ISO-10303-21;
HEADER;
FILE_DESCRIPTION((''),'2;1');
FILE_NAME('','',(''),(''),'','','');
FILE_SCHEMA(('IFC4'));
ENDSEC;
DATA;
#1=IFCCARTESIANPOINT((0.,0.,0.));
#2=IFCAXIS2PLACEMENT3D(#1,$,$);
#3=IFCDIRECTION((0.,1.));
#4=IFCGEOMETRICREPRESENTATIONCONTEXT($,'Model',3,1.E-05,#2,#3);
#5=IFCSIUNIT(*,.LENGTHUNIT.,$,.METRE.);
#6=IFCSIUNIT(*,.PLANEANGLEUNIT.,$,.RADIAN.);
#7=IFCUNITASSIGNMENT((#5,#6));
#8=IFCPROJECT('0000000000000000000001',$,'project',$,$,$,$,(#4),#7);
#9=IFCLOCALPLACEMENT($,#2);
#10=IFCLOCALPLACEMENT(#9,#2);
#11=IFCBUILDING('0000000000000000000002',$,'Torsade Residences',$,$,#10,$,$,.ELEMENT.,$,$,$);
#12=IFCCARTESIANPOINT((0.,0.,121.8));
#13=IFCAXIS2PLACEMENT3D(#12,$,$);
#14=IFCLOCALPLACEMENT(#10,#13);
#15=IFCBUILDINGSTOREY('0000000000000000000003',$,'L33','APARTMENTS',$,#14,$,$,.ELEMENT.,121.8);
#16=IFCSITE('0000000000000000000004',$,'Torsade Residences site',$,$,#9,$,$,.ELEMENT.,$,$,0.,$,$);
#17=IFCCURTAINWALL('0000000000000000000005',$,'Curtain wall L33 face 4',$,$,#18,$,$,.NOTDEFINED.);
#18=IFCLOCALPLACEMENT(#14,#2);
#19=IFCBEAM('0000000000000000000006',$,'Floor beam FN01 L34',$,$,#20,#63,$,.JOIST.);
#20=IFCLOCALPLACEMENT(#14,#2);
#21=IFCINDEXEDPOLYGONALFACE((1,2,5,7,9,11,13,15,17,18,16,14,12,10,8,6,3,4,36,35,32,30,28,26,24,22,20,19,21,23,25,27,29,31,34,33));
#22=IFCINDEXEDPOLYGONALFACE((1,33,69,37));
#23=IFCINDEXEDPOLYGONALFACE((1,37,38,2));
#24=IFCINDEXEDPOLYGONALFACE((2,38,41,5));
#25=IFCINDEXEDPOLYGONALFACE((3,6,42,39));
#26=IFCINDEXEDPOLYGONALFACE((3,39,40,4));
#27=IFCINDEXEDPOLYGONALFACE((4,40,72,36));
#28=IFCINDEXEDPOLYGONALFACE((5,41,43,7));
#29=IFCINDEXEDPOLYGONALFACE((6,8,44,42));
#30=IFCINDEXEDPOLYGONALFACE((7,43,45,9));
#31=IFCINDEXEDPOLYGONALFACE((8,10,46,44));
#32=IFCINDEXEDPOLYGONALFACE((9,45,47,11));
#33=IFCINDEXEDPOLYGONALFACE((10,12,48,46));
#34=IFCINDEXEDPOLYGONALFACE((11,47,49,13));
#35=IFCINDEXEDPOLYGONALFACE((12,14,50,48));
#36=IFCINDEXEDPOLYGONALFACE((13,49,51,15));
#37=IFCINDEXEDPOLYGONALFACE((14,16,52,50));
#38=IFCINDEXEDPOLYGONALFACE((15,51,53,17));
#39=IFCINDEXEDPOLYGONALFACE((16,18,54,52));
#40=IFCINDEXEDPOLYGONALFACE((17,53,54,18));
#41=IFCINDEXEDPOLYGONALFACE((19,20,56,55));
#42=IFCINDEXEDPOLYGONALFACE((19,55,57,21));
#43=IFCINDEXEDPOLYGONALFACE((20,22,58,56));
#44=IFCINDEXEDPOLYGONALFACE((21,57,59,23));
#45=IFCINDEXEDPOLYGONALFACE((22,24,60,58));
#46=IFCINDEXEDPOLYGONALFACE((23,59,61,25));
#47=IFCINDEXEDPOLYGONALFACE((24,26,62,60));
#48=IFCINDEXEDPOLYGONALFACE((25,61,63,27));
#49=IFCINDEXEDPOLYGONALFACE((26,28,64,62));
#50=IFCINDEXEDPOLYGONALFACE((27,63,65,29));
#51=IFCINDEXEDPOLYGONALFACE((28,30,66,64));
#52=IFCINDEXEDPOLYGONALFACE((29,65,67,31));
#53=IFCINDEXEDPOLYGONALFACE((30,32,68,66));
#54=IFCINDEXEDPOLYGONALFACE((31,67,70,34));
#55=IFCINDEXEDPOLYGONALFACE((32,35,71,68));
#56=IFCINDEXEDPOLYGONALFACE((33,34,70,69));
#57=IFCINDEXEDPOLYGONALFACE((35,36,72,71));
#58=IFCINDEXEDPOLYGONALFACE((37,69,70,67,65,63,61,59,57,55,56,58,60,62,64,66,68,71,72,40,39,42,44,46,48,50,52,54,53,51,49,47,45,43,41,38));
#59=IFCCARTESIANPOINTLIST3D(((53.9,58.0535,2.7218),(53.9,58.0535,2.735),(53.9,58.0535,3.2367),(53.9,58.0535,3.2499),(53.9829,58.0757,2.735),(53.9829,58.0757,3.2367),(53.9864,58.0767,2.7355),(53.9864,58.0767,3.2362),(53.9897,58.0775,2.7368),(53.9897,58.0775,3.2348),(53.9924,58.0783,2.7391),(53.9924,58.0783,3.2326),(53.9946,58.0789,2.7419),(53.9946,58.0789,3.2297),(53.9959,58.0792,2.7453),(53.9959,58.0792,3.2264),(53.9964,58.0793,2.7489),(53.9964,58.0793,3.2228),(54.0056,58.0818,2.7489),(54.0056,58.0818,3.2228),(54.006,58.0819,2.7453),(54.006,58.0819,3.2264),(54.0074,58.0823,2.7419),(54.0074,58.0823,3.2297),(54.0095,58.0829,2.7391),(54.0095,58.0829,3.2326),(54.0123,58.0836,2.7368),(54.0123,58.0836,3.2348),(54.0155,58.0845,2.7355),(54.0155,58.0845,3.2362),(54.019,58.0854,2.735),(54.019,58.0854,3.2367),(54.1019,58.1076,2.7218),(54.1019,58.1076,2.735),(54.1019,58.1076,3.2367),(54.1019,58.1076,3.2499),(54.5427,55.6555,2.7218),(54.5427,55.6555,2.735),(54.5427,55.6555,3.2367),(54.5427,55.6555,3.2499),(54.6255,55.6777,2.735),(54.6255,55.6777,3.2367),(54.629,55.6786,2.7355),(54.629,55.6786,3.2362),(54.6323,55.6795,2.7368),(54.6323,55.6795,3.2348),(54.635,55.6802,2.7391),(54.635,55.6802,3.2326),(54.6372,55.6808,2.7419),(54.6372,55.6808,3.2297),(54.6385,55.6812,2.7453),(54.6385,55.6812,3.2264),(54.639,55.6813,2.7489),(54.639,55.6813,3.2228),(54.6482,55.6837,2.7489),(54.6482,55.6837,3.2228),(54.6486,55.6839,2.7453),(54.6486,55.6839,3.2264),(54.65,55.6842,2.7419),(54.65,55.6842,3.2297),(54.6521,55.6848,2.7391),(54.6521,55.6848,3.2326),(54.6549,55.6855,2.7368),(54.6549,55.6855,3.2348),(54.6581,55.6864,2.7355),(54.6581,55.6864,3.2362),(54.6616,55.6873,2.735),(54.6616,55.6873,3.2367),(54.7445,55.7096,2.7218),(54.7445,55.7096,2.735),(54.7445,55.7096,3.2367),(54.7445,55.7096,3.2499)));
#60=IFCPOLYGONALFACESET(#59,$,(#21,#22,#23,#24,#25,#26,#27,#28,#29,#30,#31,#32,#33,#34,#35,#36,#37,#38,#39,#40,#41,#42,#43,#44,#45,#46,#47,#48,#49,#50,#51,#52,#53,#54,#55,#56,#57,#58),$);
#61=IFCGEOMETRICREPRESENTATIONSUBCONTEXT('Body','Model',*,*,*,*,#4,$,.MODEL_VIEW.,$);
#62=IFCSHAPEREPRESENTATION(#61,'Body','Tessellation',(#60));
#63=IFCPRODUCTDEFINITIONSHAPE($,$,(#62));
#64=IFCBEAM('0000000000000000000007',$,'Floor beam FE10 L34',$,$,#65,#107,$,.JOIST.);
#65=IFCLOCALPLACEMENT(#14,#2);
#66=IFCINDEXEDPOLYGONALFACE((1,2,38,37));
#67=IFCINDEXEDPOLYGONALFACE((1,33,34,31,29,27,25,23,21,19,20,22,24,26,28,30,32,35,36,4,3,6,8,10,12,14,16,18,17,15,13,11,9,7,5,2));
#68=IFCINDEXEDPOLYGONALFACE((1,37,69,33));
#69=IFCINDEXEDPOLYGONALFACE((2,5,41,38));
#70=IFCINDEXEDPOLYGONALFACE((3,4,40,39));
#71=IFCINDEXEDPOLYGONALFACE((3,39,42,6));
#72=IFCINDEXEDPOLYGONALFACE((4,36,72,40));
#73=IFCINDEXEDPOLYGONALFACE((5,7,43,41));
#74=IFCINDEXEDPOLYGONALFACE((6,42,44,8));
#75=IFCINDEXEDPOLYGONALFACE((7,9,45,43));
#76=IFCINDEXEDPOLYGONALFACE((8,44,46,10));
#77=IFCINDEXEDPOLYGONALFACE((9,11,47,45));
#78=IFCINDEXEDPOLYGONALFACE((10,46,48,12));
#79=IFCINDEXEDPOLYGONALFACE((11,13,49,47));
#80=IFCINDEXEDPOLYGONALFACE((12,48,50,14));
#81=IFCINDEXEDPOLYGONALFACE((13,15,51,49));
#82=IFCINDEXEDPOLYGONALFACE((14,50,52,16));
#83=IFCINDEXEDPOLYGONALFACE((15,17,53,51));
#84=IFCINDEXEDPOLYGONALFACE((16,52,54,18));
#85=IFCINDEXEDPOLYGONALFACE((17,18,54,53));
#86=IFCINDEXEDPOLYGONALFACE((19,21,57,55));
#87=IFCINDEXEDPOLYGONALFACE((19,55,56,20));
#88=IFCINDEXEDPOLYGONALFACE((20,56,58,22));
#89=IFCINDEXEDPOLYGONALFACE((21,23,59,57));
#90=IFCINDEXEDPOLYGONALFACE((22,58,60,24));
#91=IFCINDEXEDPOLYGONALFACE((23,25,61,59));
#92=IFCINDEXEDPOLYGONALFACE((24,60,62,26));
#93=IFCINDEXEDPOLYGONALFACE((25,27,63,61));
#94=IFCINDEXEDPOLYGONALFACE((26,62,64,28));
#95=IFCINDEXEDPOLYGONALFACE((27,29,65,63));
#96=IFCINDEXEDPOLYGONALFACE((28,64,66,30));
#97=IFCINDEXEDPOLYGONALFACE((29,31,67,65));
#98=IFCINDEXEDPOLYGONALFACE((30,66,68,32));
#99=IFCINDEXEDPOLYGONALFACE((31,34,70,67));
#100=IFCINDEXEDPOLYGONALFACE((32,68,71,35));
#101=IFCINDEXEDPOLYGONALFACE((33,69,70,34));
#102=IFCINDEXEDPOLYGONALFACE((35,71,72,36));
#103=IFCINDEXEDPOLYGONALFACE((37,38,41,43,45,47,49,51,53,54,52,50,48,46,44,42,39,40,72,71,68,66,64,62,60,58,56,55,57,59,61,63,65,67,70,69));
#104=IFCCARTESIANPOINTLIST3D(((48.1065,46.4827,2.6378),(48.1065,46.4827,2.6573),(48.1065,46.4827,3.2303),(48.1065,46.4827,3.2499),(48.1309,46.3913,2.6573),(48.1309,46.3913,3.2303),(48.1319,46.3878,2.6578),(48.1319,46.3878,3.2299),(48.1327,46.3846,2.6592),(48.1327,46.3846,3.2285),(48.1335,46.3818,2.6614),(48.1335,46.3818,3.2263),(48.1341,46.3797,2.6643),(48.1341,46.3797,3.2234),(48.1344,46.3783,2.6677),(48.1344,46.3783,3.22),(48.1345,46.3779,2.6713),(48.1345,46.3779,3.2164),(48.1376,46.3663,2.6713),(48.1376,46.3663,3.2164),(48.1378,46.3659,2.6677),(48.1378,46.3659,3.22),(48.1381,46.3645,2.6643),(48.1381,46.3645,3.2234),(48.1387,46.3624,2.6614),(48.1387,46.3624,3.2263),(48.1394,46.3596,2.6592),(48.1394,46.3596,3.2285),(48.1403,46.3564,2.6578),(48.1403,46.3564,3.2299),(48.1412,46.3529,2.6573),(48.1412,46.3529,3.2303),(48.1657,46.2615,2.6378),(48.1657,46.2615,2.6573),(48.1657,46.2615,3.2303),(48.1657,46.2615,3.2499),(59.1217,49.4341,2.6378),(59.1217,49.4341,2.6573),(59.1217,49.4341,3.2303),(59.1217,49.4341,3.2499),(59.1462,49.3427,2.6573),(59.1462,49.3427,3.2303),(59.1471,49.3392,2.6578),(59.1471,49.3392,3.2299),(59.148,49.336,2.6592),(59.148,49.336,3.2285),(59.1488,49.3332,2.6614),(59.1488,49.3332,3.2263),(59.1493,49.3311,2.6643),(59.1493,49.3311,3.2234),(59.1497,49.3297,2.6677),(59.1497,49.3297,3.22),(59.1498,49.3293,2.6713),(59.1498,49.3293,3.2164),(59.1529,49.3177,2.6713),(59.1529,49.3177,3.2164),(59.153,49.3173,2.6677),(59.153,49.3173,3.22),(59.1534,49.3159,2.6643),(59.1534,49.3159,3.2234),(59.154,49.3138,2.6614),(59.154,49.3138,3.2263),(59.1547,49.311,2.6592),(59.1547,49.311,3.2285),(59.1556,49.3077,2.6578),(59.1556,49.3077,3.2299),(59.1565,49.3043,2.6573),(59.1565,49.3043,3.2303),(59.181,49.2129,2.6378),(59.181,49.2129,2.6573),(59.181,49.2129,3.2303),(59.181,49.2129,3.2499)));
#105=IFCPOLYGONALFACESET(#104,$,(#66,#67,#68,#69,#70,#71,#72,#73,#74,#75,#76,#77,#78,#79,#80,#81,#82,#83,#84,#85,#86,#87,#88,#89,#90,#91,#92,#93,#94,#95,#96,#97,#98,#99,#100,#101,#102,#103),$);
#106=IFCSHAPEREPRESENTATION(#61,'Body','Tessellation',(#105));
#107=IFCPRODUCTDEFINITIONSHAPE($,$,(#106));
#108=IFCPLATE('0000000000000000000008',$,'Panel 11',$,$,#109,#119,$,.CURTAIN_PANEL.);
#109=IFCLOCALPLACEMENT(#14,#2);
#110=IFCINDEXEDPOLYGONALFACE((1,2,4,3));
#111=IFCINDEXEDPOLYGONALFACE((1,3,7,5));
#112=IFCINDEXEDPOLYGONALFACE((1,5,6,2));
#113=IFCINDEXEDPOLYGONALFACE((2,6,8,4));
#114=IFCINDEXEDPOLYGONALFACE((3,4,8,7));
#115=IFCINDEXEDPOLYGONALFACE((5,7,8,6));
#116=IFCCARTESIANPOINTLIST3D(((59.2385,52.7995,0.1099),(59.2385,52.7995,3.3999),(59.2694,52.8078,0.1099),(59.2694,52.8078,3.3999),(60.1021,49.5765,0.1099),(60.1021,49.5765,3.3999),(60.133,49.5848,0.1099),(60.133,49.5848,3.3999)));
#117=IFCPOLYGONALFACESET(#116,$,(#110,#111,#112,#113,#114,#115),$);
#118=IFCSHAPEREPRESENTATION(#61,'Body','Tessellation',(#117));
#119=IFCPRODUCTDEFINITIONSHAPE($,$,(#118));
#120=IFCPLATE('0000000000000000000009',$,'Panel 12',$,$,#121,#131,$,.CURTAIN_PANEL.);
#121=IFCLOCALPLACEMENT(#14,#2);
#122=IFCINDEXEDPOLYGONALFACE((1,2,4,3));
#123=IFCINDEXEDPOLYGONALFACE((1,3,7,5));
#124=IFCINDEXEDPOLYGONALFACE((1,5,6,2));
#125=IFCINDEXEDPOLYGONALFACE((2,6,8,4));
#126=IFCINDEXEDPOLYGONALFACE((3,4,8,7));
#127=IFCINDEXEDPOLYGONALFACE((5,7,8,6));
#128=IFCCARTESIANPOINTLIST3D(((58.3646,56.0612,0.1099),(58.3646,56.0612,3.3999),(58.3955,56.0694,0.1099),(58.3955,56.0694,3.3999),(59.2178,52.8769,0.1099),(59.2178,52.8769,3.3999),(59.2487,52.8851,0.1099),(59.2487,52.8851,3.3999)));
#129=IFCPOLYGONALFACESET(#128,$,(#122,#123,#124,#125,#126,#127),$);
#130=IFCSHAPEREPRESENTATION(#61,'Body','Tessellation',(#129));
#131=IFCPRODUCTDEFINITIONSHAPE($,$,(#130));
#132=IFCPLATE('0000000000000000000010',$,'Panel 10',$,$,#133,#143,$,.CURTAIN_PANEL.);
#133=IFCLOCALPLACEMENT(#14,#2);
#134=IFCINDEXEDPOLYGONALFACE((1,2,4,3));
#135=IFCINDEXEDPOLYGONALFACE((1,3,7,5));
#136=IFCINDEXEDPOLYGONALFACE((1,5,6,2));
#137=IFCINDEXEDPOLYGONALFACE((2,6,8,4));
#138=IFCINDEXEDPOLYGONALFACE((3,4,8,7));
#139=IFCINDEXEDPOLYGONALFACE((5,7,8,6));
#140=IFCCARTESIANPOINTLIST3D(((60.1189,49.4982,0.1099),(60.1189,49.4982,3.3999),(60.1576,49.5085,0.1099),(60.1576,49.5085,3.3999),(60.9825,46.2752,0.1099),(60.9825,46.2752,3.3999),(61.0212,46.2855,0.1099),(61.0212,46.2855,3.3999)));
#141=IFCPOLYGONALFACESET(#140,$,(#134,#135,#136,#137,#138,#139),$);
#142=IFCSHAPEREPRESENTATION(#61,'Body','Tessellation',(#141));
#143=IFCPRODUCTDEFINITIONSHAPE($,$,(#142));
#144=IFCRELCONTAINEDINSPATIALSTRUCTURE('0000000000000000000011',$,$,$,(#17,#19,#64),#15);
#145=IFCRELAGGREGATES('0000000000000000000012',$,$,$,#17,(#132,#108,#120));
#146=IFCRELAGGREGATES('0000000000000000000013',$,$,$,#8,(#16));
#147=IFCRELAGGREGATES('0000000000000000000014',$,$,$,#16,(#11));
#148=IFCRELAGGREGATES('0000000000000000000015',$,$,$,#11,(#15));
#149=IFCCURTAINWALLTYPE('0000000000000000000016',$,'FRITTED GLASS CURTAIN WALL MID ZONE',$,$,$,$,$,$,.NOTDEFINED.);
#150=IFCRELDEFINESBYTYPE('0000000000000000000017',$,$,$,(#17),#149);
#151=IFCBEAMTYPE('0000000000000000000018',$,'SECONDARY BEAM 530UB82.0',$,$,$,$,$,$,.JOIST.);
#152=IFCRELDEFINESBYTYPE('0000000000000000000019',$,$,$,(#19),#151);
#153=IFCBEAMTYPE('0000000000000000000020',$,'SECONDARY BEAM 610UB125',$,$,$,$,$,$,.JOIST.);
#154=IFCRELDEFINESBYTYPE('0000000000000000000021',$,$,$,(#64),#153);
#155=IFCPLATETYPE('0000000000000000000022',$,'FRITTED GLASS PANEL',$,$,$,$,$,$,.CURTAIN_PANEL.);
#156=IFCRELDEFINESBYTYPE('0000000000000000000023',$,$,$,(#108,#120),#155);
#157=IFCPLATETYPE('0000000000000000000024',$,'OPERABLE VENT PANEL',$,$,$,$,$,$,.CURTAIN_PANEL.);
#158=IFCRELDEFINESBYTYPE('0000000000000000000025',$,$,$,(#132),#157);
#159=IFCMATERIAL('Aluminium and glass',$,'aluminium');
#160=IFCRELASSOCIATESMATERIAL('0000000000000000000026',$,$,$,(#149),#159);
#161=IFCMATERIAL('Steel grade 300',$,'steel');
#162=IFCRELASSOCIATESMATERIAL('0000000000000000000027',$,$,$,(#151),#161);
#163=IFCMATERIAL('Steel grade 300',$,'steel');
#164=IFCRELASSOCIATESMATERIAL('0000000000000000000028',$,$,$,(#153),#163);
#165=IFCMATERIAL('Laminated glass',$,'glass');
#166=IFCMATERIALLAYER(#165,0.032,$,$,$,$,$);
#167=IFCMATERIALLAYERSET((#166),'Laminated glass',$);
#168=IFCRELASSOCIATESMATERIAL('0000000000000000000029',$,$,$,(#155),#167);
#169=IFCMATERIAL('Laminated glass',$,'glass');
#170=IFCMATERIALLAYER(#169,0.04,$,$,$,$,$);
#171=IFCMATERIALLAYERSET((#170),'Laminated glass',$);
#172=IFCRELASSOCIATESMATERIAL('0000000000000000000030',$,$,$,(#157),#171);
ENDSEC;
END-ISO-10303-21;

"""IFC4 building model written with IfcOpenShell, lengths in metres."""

from ifc_helpers import new_model, si_unit, direction, frame, origin, origin_2d, place, context, subcontext, project, spatial, rectangle, i_section, extrude, material, layer, layer_set, material_profile, profile_set, type_object, element, aggregate, save


model = new_model("IFC4")

# Units and contexts
model_context = context("Model", 3, precision=1e-05, world=origin(), true_north=direction((0.0, 1.0)))
body_context = subcontext(model_context, "Body", "Model", "MODEL_VIEW")
ifc_project = project(units=[si_unit("LENGTHUNIT", "METRE"), si_unit("PLANEANGLEUNIT", "RADIAN")], contexts=[model_context])

# Site, building, storey
site_placement = place(None, origin())
site = spatial("IfcSite", under=ifc_project, at=site_placement, Name="Torsade Residences site", CompositionType="ELEMENT", RefElevation=0.0)
building_placement = place(site_placement, origin())
building = spatial("IfcBuilding", under=site, at=building_placement, Name="Torsade Residences", CompositionType="ELEMENT")
storey_placement = place(building_placement, frame((0.0, 0.0, 121.8)))
storey = spatial("IfcBuildingStorey", under=building, at=storey_placement, Name="L33", Description="APARTMENTS", CompositionType="ELEMENT", Elevation=121.8)

# Curtain wall
ifc_material_1 = material(Name="Aluminium and glass", Category="aluminium")
curtain_wall_type = type_object("IfcCurtainWallType", Name="FRITTED GLASS CURTAIN WALL MID ZONE", PredefinedType="NOTDEFINED", material=ifc_material_1)
curtain_wall_1_placement = place(storey_placement, origin())
curtain_wall_1 = element("IfcCurtainWall", 1, at=curtain_wall_1_placement, inside=storey, type_object=curtain_wall_type, Name="Curtain wall L33 face 4", PredefinedType="NOTDEFINED")

# Beams
ifc_material_2 = material(Name="Steel grade 300", Category="steel")
ifc_material_profile_1 = material_profile(ifc_material_2, i_section(OverallWidth=0.209, OverallDepth=0.5281, WebThickness=0.0095, FlangeThickness=0.0132, FilletRadius=0.0139, at=origin_2d()), Name="530UB82.0")
ifc_profile_set_1 = profile_set([ifc_material_profile_1], Name="Steel grade 300")
beam_type_1 = type_object("IfcBeamType", Name="SECONDARY BEAM 530UB82.0", PredefinedType="JOIST", material=ifc_profile_set_1)
beam_1_placement = place(storey_placement, frame((54.001, 58.0806, 2.9858), z_axis=(0.258838, -0.965921, 0.0), x_axis=(0.965921, 0.258838, 0.0)))
element("IfcBeam", 2, at=beam_1_placement, inside=storey, type_object=beam_type_1, Name="Floor beam FN01 L34", PredefinedType="JOIST", context=body_context, shape_type="SweptSolid", body=[
    extrude(i_section(OverallWidth=0.209, OverallDepth=0.5281, WebThickness=0.0095, FlangeThickness=0.0132, FilletRadius=0.0139, at=origin_2d()), origin(), (0.0, 0.0, 1.0), 2.4827),
])
ifc_material_3 = material(Name="Steel grade 300", Category="steel")
ifc_material_profile_2 = material_profile(ifc_material_3, i_section(OverallWidth=0.229, OverallDepth=0.6121, WebThickness=0.012, FlangeThickness=0.0195, FilletRadius=0.0139, at=origin_2d()), Name="610UB125")
ifc_profile_set_2 = profile_set([ifc_material_profile_2], Name="Steel grade 300")
beam_type_2 = type_object("IfcBeamType", Name="SECONDARY BEAM 610UB125", PredefinedType="JOIST", material=ifc_profile_set_2)
beam_2_placement = place(storey_placement, frame((59.1514, 49.3235, 2.9438), z_axis=(-0.965929, -0.258807, 0.0), x_axis=(0.258807, -0.965929, 0.0)))
element("IfcBeam", 3, at=beam_2_placement, inside=storey, type_object=beam_type_2, Name="Floor beam FE10 L34", PredefinedType="JOIST", context=body_context, shape_type="SweptSolid", body=[
    extrude(i_section(OverallWidth=0.229, OverallDepth=0.6121, WebThickness=0.012, FlangeThickness=0.0195, FilletRadius=0.0139, at=origin_2d()), origin(), (0.0, 0.0, 1.0), 11.4038),
])

# Plates
ifc_material_4 = material(Name="Laminated glass", Category="glass")
ifc_layer_1 = layer(ifc_material_4, 0.032)
ifc_layer_set_1 = layer_set([ifc_layer_1], Name="Laminated glass")
plate_type_1 = type_object("IfcPlateType", Name="FRITTED GLASS PANEL", PredefinedType="CURTAIN_PANEL", material=ifc_layer_set_1)
plate_1_placement = place(storey_placement, frame((59.6858, 51.1921, 0.1099), z_axis=(0.0, 0.0, 1.0), x_axis=(-0.258819, 0.965926, 0.0)))
plate_1 = element("IfcPlate", 4, at=plate_1_placement, type_object=plate_type_1, Name="Panel 11", PredefinedType="CURTAIN_PANEL", context=body_context, shape_type="SweptSolid", body=[
    extrude(rectangle(XDim=3.3367, YDim=0.032, at=origin_2d()), origin(), (0.0, 0.0, 1.0), 3.29),
])
plate_2_placement = place(storey_placement, frame((58.8066, 54.4731, 0.1099), z_axis=(0.0, 0.0, 1.0), x_axis=(-0.258819, 0.965926, 0.0)))
plate_2 = element("IfcPlate", 5, at=plate_2_placement, type_object=plate_type_1, Name="Panel 12", PredefinedType="CURTAIN_PANEL", context=body_context, shape_type="SweptSolid", body=[
    extrude(rectangle(XDim=3.2966, YDim=0.032, at=origin_2d()), origin(), (0.0, 0.0, 1.0), 3.29),
])
ifc_material_5 = material(Name="Laminated glass", Category="glass")
ifc_layer_2 = layer(ifc_material_5, 0.04)
ifc_layer_set_2 = layer_set([ifc_layer_2], Name="Laminated glass")
plate_type_2 = type_object("IfcPlateType", Name="OPERABLE VENT PANEL", PredefinedType="CURTAIN_PANEL", material=ifc_layer_set_2)
plate_3_placement = place(storey_placement, frame((60.5701, 47.8918, 0.1099), z_axis=(0.0, 0.0, 1.0), x_axis=(-0.258819, 0.965926, 0.0)))
plate_3 = element("IfcPlate", 6, at=plate_3_placement, type_object=plate_type_2, Name="Panel 10", PredefinedType="CURTAIN_PANEL", context=body_context, shape_type="SweptSolid", body=[
    extrude(rectangle(XDim=3.3367, YDim=0.04, at=origin_2d()), origin(), (0.0, 0.0, 1.0), 3.29),
])
aggregate(curtain_wall_1, [plate_3, plate_1, plate_2])

save(model, "model.ifc")
